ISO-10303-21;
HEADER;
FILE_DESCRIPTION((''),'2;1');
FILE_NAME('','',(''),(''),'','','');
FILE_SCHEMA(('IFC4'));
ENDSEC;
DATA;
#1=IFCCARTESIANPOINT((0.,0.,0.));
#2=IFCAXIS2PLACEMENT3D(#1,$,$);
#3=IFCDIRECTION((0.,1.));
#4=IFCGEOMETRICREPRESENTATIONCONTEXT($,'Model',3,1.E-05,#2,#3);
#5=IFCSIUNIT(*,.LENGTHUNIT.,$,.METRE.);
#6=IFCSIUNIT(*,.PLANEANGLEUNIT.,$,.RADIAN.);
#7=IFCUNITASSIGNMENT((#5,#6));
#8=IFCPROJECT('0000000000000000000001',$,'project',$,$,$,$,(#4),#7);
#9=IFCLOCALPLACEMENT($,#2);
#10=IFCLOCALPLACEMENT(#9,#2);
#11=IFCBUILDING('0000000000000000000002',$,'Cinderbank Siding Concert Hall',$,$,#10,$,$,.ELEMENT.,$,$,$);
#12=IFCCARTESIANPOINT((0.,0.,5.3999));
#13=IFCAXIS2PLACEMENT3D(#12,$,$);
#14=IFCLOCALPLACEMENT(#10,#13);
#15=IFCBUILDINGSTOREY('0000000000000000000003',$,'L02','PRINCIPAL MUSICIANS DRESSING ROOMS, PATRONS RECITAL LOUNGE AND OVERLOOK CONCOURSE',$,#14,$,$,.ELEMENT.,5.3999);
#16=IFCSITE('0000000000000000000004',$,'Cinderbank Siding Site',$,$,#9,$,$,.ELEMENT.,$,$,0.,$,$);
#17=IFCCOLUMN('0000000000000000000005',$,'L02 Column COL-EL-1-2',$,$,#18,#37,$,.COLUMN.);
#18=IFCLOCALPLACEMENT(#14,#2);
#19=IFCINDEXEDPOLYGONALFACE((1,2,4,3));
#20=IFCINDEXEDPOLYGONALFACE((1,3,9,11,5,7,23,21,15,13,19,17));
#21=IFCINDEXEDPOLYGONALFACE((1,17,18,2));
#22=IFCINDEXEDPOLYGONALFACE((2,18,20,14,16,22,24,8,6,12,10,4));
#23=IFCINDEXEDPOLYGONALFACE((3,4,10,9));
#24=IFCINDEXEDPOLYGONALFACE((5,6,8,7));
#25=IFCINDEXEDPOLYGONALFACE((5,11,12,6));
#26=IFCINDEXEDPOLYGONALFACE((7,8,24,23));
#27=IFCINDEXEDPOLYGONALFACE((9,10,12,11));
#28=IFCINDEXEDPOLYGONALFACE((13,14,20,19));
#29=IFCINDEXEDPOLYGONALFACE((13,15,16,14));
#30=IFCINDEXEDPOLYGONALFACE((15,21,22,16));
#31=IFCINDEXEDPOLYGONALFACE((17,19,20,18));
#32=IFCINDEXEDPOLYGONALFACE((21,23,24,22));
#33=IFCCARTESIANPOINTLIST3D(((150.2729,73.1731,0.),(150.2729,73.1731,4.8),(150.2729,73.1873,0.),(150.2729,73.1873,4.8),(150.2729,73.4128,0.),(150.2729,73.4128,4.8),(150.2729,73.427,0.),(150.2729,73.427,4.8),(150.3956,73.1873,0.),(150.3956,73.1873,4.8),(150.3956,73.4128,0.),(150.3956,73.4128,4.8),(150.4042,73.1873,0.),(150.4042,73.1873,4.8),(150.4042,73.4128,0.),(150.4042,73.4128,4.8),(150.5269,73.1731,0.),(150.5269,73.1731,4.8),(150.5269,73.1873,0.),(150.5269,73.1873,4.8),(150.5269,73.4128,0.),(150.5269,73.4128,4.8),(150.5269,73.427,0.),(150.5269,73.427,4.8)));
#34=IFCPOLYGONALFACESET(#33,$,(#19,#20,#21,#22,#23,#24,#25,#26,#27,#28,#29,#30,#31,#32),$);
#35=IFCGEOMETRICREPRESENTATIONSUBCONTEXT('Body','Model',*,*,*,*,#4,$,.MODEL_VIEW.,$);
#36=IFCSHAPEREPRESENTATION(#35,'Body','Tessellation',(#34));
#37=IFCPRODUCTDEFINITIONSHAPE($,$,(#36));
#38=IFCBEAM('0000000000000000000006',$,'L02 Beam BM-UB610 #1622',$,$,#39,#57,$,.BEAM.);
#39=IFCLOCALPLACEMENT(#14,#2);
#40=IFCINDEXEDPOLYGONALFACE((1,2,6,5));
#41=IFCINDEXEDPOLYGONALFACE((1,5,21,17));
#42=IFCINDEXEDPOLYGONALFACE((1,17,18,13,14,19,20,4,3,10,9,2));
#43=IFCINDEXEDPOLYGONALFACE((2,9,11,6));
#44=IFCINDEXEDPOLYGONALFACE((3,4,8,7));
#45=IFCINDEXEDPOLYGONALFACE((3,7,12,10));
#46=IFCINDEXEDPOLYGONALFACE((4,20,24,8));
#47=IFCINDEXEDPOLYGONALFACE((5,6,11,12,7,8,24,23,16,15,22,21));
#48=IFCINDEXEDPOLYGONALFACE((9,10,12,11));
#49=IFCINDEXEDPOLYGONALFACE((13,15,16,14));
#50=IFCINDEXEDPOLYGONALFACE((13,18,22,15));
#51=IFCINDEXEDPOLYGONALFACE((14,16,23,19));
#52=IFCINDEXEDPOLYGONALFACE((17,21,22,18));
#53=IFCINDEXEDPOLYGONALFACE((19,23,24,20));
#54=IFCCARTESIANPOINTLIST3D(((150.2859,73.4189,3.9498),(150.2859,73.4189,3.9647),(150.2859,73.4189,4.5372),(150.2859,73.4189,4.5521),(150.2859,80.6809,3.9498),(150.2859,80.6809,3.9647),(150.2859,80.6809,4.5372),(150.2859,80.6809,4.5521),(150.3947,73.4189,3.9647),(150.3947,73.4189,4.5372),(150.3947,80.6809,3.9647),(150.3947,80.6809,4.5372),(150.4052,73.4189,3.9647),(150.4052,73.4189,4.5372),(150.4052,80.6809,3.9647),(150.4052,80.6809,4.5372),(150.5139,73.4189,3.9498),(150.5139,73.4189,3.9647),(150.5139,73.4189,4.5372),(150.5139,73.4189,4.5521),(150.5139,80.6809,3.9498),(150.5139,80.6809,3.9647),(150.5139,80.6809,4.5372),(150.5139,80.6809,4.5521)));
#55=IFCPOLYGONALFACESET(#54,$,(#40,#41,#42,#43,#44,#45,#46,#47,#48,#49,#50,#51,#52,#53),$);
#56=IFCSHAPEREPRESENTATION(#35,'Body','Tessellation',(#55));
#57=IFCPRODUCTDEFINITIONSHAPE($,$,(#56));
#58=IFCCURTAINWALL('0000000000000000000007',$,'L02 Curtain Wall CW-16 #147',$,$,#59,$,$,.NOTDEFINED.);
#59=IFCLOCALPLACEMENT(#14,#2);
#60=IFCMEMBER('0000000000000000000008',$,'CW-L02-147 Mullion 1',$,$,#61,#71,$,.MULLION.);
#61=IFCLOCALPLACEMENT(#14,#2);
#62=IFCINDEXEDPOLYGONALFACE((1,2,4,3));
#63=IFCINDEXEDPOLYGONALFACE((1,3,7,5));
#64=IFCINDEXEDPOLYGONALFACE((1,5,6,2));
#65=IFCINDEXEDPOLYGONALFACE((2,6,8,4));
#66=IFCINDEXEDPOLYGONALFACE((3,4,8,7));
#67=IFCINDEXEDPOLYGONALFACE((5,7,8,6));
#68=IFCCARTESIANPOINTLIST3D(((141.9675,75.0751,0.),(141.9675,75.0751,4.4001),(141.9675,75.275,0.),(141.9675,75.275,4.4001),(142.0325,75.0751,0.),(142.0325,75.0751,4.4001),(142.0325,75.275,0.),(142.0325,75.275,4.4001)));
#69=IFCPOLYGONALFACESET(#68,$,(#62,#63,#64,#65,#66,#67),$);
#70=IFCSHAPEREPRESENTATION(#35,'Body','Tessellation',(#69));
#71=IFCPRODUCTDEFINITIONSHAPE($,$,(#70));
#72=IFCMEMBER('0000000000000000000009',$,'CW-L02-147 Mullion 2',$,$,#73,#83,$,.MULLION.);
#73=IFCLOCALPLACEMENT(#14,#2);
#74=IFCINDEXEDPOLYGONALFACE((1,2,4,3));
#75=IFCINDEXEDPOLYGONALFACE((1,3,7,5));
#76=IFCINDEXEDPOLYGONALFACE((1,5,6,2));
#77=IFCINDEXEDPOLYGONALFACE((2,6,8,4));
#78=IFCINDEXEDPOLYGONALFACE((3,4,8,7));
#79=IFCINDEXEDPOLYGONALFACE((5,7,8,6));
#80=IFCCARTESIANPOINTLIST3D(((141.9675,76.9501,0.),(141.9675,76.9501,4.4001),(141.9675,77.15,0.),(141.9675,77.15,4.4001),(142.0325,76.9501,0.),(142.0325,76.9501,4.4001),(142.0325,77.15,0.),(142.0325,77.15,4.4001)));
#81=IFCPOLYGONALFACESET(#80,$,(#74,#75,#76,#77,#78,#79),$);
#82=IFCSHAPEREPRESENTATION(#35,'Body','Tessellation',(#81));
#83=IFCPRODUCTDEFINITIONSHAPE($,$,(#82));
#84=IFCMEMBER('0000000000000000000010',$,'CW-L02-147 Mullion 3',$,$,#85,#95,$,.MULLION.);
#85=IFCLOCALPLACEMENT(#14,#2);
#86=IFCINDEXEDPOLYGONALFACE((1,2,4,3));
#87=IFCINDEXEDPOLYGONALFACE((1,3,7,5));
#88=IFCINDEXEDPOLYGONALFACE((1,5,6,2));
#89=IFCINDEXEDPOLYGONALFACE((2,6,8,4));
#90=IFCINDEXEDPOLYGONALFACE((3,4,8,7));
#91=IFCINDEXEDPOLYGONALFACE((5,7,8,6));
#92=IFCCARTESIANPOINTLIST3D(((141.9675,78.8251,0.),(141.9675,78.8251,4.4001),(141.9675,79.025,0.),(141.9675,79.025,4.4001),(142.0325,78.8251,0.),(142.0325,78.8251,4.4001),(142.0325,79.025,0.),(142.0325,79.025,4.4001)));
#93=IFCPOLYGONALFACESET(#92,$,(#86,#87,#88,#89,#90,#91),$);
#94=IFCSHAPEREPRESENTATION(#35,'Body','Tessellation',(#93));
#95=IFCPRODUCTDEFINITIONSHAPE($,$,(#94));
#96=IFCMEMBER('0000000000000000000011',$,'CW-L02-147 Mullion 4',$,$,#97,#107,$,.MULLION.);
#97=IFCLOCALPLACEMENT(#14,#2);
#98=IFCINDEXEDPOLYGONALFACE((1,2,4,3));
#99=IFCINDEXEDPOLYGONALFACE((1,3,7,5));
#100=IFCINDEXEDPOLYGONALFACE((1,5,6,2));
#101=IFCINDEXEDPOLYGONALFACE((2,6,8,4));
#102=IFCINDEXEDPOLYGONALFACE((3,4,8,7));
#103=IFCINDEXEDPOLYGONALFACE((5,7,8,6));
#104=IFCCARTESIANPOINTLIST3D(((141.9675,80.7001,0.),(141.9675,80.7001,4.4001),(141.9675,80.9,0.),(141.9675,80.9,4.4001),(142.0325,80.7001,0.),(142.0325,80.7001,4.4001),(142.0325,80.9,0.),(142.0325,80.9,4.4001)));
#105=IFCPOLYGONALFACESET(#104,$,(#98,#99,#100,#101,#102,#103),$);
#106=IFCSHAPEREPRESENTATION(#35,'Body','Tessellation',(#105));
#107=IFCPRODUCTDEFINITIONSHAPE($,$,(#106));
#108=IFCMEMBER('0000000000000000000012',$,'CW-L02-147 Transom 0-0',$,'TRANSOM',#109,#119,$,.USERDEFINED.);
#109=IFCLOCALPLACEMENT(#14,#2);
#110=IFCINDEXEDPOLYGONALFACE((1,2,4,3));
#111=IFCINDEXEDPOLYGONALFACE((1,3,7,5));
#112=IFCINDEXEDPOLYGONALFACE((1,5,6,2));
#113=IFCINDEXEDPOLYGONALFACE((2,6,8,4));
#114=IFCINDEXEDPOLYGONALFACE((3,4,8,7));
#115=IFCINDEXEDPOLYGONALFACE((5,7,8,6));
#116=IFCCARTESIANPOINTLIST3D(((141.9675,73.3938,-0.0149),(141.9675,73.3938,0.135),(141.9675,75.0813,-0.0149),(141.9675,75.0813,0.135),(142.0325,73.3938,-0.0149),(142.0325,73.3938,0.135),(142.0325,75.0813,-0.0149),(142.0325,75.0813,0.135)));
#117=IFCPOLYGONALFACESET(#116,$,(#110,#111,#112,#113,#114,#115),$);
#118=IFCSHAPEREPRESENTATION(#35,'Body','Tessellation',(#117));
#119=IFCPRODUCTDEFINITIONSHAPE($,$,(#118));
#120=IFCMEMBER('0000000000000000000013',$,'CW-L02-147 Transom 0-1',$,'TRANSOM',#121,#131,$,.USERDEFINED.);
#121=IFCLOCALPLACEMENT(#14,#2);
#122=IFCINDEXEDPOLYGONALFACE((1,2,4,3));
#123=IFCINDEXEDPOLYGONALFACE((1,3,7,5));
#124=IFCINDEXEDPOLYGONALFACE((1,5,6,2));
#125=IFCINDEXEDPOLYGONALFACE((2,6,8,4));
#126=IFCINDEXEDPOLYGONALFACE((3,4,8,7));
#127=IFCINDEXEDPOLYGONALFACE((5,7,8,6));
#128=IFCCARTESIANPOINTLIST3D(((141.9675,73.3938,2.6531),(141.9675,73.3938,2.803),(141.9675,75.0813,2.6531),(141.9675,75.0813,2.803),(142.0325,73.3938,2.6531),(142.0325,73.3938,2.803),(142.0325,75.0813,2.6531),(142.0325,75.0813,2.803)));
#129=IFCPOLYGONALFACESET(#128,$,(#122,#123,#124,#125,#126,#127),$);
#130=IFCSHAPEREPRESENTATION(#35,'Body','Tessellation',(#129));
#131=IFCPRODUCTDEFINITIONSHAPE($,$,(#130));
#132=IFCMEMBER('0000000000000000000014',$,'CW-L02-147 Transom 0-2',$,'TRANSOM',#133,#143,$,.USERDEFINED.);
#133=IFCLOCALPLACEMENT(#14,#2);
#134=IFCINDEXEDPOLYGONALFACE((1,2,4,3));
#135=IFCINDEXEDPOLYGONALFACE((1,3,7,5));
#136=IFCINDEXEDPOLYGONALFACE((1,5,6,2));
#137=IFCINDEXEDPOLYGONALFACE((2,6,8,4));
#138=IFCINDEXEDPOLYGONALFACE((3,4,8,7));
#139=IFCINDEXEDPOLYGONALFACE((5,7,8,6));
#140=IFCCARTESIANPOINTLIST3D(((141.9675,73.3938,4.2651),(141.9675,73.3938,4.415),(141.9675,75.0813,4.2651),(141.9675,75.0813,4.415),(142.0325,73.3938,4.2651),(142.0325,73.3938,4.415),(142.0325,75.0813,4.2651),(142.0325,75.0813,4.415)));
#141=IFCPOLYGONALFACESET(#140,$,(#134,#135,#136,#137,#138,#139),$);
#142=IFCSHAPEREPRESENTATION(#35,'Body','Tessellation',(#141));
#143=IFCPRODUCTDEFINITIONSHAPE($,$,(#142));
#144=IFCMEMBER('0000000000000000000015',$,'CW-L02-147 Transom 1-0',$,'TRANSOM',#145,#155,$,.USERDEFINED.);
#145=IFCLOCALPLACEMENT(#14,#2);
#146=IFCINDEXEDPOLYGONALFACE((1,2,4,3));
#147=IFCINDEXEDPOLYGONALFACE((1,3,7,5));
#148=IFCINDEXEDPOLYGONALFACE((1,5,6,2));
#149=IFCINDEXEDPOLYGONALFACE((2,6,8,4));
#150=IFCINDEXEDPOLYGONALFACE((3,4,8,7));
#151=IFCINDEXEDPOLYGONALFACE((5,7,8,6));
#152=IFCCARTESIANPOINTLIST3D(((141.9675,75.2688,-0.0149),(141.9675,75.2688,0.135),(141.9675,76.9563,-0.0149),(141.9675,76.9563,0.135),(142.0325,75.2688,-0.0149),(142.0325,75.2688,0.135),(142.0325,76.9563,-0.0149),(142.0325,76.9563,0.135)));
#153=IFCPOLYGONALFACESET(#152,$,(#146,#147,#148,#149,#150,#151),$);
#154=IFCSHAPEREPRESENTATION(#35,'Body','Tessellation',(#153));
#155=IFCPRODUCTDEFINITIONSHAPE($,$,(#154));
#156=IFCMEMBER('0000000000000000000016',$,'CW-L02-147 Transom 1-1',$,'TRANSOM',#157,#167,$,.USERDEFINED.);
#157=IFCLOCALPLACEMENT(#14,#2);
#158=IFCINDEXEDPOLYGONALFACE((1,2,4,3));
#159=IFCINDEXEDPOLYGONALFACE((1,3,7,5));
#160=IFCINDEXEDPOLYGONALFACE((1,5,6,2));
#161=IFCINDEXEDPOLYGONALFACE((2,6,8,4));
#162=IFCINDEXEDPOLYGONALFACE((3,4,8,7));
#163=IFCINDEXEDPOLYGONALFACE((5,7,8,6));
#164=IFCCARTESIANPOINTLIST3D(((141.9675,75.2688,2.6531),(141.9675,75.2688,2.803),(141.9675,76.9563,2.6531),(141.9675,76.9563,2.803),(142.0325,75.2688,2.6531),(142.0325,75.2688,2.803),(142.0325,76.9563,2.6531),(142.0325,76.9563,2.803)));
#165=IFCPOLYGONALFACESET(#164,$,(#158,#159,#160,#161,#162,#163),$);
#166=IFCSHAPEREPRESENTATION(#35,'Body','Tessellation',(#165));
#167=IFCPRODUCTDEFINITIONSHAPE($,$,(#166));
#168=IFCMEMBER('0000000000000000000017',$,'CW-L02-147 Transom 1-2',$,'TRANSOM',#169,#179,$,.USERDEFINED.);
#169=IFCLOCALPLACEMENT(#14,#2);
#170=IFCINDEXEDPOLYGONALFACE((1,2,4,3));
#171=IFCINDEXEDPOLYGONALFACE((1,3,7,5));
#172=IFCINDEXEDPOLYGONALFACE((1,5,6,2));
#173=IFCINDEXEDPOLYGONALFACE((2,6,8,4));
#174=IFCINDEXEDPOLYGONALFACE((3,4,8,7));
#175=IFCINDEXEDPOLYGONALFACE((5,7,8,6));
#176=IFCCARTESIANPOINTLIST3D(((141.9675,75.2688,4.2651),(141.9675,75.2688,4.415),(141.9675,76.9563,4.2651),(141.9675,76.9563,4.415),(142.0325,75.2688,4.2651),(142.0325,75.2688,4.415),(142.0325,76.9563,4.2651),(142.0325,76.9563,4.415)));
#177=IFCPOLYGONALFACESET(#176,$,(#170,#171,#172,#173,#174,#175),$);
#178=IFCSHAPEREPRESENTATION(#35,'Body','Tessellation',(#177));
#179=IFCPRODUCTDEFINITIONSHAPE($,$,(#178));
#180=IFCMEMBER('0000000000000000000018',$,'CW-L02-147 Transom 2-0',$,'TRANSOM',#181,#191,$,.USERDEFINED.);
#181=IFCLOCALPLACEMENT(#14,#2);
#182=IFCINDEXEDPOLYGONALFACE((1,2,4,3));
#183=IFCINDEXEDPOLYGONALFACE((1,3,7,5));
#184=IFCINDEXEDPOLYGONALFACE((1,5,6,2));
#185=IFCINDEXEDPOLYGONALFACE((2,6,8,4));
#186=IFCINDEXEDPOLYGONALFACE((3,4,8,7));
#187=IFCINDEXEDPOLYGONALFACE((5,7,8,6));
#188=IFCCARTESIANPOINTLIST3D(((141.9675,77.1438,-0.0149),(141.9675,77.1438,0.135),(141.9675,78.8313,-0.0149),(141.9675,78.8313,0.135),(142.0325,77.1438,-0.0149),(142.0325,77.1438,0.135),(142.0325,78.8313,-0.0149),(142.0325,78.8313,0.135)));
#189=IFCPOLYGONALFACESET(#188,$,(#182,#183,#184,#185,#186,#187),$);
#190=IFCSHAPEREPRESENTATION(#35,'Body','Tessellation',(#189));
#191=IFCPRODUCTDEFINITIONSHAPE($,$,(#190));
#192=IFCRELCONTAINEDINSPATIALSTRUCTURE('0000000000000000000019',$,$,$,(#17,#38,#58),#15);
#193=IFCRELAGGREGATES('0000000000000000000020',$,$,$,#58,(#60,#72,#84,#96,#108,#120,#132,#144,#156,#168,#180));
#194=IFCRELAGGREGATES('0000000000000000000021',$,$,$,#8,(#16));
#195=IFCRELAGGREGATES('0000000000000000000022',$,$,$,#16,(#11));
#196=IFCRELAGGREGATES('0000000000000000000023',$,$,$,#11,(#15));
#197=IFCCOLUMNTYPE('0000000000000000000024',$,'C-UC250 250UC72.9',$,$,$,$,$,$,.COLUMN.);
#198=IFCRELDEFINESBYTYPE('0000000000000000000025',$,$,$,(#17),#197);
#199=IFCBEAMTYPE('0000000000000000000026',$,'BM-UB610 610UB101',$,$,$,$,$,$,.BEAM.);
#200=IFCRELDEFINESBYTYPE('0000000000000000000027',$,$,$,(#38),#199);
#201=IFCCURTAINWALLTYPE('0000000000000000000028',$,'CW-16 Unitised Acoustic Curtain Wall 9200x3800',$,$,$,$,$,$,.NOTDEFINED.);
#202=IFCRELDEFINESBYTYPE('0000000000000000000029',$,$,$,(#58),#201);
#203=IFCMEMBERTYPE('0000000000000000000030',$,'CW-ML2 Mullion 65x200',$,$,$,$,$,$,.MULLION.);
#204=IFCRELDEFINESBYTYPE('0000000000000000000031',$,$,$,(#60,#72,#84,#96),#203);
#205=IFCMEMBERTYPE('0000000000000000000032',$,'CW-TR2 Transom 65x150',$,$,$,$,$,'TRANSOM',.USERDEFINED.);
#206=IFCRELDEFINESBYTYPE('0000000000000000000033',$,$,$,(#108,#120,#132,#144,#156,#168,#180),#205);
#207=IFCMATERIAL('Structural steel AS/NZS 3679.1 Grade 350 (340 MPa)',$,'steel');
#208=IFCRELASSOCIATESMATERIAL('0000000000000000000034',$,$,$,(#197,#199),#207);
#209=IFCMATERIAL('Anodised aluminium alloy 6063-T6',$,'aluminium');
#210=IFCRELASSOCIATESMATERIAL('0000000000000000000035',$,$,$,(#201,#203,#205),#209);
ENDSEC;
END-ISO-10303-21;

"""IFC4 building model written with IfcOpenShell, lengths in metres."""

from ifc_helpers import new_model, si_unit, direction, frame, origin, origin_2d, place, context, subcontext, project, spatial, rectangle, i_section, extrude, material, material_profile, profile_set, type_object, element, aggregate, save


model = new_model("IFC4")

# Units and contexts
model_context = context("Model", 3, precision=1e-05, world=origin(), true_north=direction((0.0, 1.0)))
body_context = subcontext(model_context, "Body", "Model", "MODEL_VIEW")
ifc_project = project(units=[si_unit("LENGTHUNIT", "METRE"), si_unit("PLANEANGLEUNIT", "RADIAN")], contexts=[model_context])

# Site, building, storey
site_placement = place(None, origin())
site = spatial("IfcSite", under=ifc_project, at=site_placement, Name="Cinderbank Siding Site", CompositionType="ELEMENT", RefElevation=0.0)
building_placement = place(site_placement, origin())
building = spatial("IfcBuilding", under=site, at=building_placement, Name="Cinderbank Siding Concert Hall", CompositionType="ELEMENT")
storey_placement = place(building_placement, frame((0.0, 0.0, 5.3999)))
storey = spatial("IfcBuildingStorey", under=building, at=storey_placement, Name="L02", Description="PRINCIPAL MUSICIANS DRESSING ROOMS, PATRONS RECITAL LOUNGE AND OVERLOOK CONCOURSE", CompositionType="ELEMENT", Elevation=5.3999)

# Column
ifc_material_1 = material(Name="Structural steel AS/NZS 3679.1 Grade 350 (340 MPa)", Category="steel")
ifc_material_profile_1 = material_profile(ifc_material_1, i_section(OverallWidth=0.2539, OverallDepth=0.2539, WebThickness=0.0085, FlangeThickness=0.0142, at=origin_2d()), Name="250UC72.9", Category="LoadBearing")
ifc_profile_set_1 = profile_set([ifc_material_profile_1], Name="Structural steel AS/NZS 3679.1 Grade 350 (340 MPa)")
column_type = type_object("IfcColumnType", Name="C-UC250 250UC72.9", PredefinedType="COLUMN", material=ifc_profile_set_1)
column_placement = place(storey_placement, frame((150.3999, 73.3, 0.0), z_axis=(0.0, 0.0, 1.0), x_axis=(1.0, 0.0, 0.0)))
element("IfcColumn", 1, at=column_placement, inside=storey, type_object=column_type, Name="L02 Column COL-EL-1-2", PredefinedType="COLUMN", context=body_context, shape_type="SweptSolid", body=[
    extrude(i_section(OverallWidth=0.2539, OverallDepth=0.2539, WebThickness=0.0085, FlangeThickness=0.0142, at=origin_2d()), origin(), (0.0, 0.0, 1.0), 4.8),
])

# Beam
ifc_material_profile_2 = material_profile(ifc_material_1, i_section(OverallWidth=0.228, OverallDepth=0.6023, WebThickness=0.0105, FlangeThickness=0.0149, at=origin_2d()), Name="610UB101", Category="LoadBearing")
ifc_profile_set_2 = profile_set([ifc_material_profile_2], Name="Structural steel AS/NZS 3679.1 Grade 350 (340 MPa)")
beam_type = type_object("IfcBeamType", Name="BM-UB610 610UB101", PredefinedType="BEAM", material=ifc_profile_set_2)
beam_placement = place(storey_placement, frame((150.3999, 73.4189, 4.251), z_axis=(0.0, 1.0, 0.0), x_axis=(-1.0, 0.0, 0.0)))
element("IfcBeam", 2, at=beam_placement, inside=storey, type_object=beam_type, Name="L02 Beam BM-UB610 #1622", PredefinedType="BEAM", context=body_context, shape_type="SweptSolid", body=[
    extrude(i_section(OverallWidth=0.228, OverallDepth=0.6023, WebThickness=0.0105, FlangeThickness=0.0149, at=origin_2d()), origin(), (0.0, 0.0, 1.0), 7.262),
])

# Curtain wall, members
ifc_material_2 = material(Name="Anodised aluminium alloy 6063-T6", Category="aluminium")
curtain_wall_type = type_object("IfcCurtainWallType", Name="CW-16 Unitised Acoustic Curtain Wall 9200x3800", PredefinedType="NOTDEFINED", material=ifc_material_2)
curtain_wall_placement = place(storey_placement, origin())
curtain_wall = element("IfcCurtainWall", 3, at=curtain_wall_placement, inside=storey, type_object=curtain_wall_type, Name="L02 Curtain Wall CW-16 #147", PredefinedType="NOTDEFINED")
ifc_material_profile_3 = material_profile(ifc_material_2, rectangle(XDim=0.0649, YDim=0.2, at=origin_2d()), Name="ALU-MULL-65x200", Category="LoadBearing")
ifc_profile_set_3 = profile_set([ifc_material_profile_3], Name="Anodised aluminium alloy 6063-T6")
member_type_1 = type_object("IfcMemberType", Name="CW-ML2 Mullion 65x200", PredefinedType="MULLION", material=ifc_profile_set_3)
member_1_placement = place(storey_placement, frame((142.0, 75.175, 0.0), z_axis=(0.0, 0.0, 1.0), x_axis=(1.0, 0.0, 0.0)))
member_1 = element("IfcMember", 4, at=member_1_placement, type_object=member_type_1, Name="CW-L02-147 Mullion 1", PredefinedType="MULLION", context=body_context, shape_type="SweptSolid", body=[
    extrude(rectangle(XDim=0.0649, YDim=0.2, at=origin_2d()), origin(), (0.0, 0.0, 1.0), 4.4001),
])
member_2_placement = place(storey_placement, frame((142.0, 77.05, 0.0), z_axis=(0.0, 0.0, 1.0), x_axis=(1.0, 0.0, 0.0)))
member_2 = element("IfcMember", 5, at=member_2_placement, type_object=member_type_1, Name="CW-L02-147 Mullion 2", PredefinedType="MULLION", context=body_context, shape_type="SweptSolid", body=[
    extrude(rectangle(XDim=0.0649, YDim=0.2, at=origin_2d()), origin(), (0.0, 0.0, 1.0), 4.4001),
])
member_3_placement = place(storey_placement, frame((142.0, 78.925, 0.0), z_axis=(0.0, 0.0, 1.0), x_axis=(1.0, 0.0, 0.0)))
member_3 = element("IfcMember", 6, at=member_3_placement, type_object=member_type_1, Name="CW-L02-147 Mullion 3", PredefinedType="MULLION", context=body_context, shape_type="SweptSolid", body=[
    extrude(rectangle(XDim=0.0649, YDim=0.2, at=origin_2d()), origin(), (0.0, 0.0, 1.0), 4.4001),
])
member_4_placement = place(storey_placement, frame((142.0, 80.8, 0.0), z_axis=(0.0, 0.0, 1.0), x_axis=(1.0, 0.0, 0.0)))
member_4 = element("IfcMember", 7, at=member_4_placement, type_object=member_type_1, Name="CW-L02-147 Mullion 4", PredefinedType="MULLION", context=body_context, shape_type="SweptSolid", body=[
    extrude(rectangle(XDim=0.0649, YDim=0.2, at=origin_2d()), origin(), (0.0, 0.0, 1.0), 4.4001),
])
ifc_material_profile_4 = material_profile(ifc_material_2, rectangle(XDim=0.0649, YDim=0.1499, at=origin_2d()), Name="ALU-TRAN-65x150", Category="LoadBearing")
ifc_profile_set_4 = profile_set([ifc_material_profile_4], Name="Anodised aluminium alloy 6063-T6")
member_type_2 = type_object("IfcMemberType", Name="CW-TR2 Transom 65x150", ElementType="TRANSOM", PredefinedType="USERDEFINED", material=ifc_profile_set_4)
member_5_placement = place(storey_placement, frame((142.0, 73.3938, 0.0601), z_axis=(0.0, 1.0, 0.0), x_axis=(-1.0, 0.0, 0.0)))
member_5 = element("IfcMember", 8, at=member_5_placement, type_object=member_type_2, Name="CW-L02-147 Transom 0-0", ObjectType="TRANSOM", PredefinedType="USERDEFINED", context=body_context, shape_type="SweptSolid", body=[
    extrude(rectangle(XDim=0.0649, YDim=0.1499, at=origin_2d()), origin(), (0.0, 0.0, 1.0), 1.6875),
])
member_6_placement = place(storey_placement, frame((142.0, 73.3938, 2.728), z_axis=(0.0, 1.0, 0.0), x_axis=(-1.0, 0.0, 0.0)))
member_6 = element("IfcMember", 9, at=member_6_placement, type_object=member_type_2, Name="CW-L02-147 Transom 0-1", ObjectType="TRANSOM", PredefinedType="USERDEFINED", context=body_context, shape_type="SweptSolid", body=[
    extrude(rectangle(XDim=0.0649, YDim=0.1499, at=origin_2d()), origin(), (0.0, 0.0, 1.0), 1.6875),
])
member_7_placement = place(storey_placement, frame((142.0, 73.3938, 4.3401), z_axis=(0.0, 1.0, 0.0), x_axis=(-1.0, 0.0, 0.0)))
member_7 = element("IfcMember", 10, at=member_7_placement, type_object=member_type_2, Name="CW-L02-147 Transom 0-2", ObjectType="TRANSOM", PredefinedType="USERDEFINED", context=body_context, shape_type="SweptSolid", body=[
    extrude(rectangle(XDim=0.0649, YDim=0.1499, at=origin_2d()), origin(), (0.0, 0.0, 1.0), 1.6875),
])
member_8_placement = place(storey_placement, frame((142.0, 75.2688, 0.0601), z_axis=(0.0, 1.0, 0.0), x_axis=(-1.0, 0.0, 0.0)))
member_8 = element("IfcMember", 11, at=member_8_placement, type_object=member_type_2, Name="CW-L02-147 Transom 1-0", ObjectType="TRANSOM", PredefinedType="USERDEFINED", context=body_context, shape_type="SweptSolid", body=[
    extrude(rectangle(XDim=0.0649, YDim=0.1499, at=origin_2d()), origin(), (0.0, 0.0, 1.0), 1.6875),
])
member_9_placement = place(storey_placement, frame((142.0, 75.2688, 2.728), z_axis=(0.0, 1.0, 0.0), x_axis=(-1.0, 0.0, 0.0)))
member_9 = element("IfcMember", 12, at=member_9_placement, type_object=member_type_2, Name="CW-L02-147 Transom 1-1", ObjectType="TRANSOM", PredefinedType="USERDEFINED", context=body_context, shape_type="SweptSolid", body=[
    extrude(rectangle(XDim=0.0649, YDim=0.1499, at=origin_2d()), origin(), (0.0, 0.0, 1.0), 1.6875),
])
member_10_placement = place(storey_placement, frame((142.0, 75.2688, 4.3401), z_axis=(0.0, 1.0, 0.0), x_axis=(-1.0, 0.0, 0.0)))
member_10 = element("IfcMember", 13, at=member_10_placement, type_object=member_type_2, Name="CW-L02-147 Transom 1-2", ObjectType="TRANSOM", PredefinedType="USERDEFINED", context=body_context, shape_type="SweptSolid", body=[
    extrude(rectangle(XDim=0.0649, YDim=0.1499, at=origin_2d()), origin(), (0.0, 0.0, 1.0), 1.6875),
])
member_11_placement = place(storey_placement, frame((142.0, 77.1438, 0.0601), z_axis=(0.0, 1.0, 0.0), x_axis=(-1.0, 0.0, 0.0)))
member_11 = element("IfcMember", 14, at=member_11_placement, type_object=member_type_2, Name="CW-L02-147 Transom 2-0", ObjectType="TRANSOM", PredefinedType="USERDEFINED", context=body_context, shape_type="SweptSolid", body=[
    extrude(rectangle(XDim=0.0649, YDim=0.1499, at=origin_2d()), origin(), (0.0, 0.0, 1.0), 1.6875),
])
aggregate(curtain_wall, [member_1, member_2, member_3, member_4, member_5, member_6, member_7, member_8, member_9, member_10, member_11])

save(model, "model.ifc")
